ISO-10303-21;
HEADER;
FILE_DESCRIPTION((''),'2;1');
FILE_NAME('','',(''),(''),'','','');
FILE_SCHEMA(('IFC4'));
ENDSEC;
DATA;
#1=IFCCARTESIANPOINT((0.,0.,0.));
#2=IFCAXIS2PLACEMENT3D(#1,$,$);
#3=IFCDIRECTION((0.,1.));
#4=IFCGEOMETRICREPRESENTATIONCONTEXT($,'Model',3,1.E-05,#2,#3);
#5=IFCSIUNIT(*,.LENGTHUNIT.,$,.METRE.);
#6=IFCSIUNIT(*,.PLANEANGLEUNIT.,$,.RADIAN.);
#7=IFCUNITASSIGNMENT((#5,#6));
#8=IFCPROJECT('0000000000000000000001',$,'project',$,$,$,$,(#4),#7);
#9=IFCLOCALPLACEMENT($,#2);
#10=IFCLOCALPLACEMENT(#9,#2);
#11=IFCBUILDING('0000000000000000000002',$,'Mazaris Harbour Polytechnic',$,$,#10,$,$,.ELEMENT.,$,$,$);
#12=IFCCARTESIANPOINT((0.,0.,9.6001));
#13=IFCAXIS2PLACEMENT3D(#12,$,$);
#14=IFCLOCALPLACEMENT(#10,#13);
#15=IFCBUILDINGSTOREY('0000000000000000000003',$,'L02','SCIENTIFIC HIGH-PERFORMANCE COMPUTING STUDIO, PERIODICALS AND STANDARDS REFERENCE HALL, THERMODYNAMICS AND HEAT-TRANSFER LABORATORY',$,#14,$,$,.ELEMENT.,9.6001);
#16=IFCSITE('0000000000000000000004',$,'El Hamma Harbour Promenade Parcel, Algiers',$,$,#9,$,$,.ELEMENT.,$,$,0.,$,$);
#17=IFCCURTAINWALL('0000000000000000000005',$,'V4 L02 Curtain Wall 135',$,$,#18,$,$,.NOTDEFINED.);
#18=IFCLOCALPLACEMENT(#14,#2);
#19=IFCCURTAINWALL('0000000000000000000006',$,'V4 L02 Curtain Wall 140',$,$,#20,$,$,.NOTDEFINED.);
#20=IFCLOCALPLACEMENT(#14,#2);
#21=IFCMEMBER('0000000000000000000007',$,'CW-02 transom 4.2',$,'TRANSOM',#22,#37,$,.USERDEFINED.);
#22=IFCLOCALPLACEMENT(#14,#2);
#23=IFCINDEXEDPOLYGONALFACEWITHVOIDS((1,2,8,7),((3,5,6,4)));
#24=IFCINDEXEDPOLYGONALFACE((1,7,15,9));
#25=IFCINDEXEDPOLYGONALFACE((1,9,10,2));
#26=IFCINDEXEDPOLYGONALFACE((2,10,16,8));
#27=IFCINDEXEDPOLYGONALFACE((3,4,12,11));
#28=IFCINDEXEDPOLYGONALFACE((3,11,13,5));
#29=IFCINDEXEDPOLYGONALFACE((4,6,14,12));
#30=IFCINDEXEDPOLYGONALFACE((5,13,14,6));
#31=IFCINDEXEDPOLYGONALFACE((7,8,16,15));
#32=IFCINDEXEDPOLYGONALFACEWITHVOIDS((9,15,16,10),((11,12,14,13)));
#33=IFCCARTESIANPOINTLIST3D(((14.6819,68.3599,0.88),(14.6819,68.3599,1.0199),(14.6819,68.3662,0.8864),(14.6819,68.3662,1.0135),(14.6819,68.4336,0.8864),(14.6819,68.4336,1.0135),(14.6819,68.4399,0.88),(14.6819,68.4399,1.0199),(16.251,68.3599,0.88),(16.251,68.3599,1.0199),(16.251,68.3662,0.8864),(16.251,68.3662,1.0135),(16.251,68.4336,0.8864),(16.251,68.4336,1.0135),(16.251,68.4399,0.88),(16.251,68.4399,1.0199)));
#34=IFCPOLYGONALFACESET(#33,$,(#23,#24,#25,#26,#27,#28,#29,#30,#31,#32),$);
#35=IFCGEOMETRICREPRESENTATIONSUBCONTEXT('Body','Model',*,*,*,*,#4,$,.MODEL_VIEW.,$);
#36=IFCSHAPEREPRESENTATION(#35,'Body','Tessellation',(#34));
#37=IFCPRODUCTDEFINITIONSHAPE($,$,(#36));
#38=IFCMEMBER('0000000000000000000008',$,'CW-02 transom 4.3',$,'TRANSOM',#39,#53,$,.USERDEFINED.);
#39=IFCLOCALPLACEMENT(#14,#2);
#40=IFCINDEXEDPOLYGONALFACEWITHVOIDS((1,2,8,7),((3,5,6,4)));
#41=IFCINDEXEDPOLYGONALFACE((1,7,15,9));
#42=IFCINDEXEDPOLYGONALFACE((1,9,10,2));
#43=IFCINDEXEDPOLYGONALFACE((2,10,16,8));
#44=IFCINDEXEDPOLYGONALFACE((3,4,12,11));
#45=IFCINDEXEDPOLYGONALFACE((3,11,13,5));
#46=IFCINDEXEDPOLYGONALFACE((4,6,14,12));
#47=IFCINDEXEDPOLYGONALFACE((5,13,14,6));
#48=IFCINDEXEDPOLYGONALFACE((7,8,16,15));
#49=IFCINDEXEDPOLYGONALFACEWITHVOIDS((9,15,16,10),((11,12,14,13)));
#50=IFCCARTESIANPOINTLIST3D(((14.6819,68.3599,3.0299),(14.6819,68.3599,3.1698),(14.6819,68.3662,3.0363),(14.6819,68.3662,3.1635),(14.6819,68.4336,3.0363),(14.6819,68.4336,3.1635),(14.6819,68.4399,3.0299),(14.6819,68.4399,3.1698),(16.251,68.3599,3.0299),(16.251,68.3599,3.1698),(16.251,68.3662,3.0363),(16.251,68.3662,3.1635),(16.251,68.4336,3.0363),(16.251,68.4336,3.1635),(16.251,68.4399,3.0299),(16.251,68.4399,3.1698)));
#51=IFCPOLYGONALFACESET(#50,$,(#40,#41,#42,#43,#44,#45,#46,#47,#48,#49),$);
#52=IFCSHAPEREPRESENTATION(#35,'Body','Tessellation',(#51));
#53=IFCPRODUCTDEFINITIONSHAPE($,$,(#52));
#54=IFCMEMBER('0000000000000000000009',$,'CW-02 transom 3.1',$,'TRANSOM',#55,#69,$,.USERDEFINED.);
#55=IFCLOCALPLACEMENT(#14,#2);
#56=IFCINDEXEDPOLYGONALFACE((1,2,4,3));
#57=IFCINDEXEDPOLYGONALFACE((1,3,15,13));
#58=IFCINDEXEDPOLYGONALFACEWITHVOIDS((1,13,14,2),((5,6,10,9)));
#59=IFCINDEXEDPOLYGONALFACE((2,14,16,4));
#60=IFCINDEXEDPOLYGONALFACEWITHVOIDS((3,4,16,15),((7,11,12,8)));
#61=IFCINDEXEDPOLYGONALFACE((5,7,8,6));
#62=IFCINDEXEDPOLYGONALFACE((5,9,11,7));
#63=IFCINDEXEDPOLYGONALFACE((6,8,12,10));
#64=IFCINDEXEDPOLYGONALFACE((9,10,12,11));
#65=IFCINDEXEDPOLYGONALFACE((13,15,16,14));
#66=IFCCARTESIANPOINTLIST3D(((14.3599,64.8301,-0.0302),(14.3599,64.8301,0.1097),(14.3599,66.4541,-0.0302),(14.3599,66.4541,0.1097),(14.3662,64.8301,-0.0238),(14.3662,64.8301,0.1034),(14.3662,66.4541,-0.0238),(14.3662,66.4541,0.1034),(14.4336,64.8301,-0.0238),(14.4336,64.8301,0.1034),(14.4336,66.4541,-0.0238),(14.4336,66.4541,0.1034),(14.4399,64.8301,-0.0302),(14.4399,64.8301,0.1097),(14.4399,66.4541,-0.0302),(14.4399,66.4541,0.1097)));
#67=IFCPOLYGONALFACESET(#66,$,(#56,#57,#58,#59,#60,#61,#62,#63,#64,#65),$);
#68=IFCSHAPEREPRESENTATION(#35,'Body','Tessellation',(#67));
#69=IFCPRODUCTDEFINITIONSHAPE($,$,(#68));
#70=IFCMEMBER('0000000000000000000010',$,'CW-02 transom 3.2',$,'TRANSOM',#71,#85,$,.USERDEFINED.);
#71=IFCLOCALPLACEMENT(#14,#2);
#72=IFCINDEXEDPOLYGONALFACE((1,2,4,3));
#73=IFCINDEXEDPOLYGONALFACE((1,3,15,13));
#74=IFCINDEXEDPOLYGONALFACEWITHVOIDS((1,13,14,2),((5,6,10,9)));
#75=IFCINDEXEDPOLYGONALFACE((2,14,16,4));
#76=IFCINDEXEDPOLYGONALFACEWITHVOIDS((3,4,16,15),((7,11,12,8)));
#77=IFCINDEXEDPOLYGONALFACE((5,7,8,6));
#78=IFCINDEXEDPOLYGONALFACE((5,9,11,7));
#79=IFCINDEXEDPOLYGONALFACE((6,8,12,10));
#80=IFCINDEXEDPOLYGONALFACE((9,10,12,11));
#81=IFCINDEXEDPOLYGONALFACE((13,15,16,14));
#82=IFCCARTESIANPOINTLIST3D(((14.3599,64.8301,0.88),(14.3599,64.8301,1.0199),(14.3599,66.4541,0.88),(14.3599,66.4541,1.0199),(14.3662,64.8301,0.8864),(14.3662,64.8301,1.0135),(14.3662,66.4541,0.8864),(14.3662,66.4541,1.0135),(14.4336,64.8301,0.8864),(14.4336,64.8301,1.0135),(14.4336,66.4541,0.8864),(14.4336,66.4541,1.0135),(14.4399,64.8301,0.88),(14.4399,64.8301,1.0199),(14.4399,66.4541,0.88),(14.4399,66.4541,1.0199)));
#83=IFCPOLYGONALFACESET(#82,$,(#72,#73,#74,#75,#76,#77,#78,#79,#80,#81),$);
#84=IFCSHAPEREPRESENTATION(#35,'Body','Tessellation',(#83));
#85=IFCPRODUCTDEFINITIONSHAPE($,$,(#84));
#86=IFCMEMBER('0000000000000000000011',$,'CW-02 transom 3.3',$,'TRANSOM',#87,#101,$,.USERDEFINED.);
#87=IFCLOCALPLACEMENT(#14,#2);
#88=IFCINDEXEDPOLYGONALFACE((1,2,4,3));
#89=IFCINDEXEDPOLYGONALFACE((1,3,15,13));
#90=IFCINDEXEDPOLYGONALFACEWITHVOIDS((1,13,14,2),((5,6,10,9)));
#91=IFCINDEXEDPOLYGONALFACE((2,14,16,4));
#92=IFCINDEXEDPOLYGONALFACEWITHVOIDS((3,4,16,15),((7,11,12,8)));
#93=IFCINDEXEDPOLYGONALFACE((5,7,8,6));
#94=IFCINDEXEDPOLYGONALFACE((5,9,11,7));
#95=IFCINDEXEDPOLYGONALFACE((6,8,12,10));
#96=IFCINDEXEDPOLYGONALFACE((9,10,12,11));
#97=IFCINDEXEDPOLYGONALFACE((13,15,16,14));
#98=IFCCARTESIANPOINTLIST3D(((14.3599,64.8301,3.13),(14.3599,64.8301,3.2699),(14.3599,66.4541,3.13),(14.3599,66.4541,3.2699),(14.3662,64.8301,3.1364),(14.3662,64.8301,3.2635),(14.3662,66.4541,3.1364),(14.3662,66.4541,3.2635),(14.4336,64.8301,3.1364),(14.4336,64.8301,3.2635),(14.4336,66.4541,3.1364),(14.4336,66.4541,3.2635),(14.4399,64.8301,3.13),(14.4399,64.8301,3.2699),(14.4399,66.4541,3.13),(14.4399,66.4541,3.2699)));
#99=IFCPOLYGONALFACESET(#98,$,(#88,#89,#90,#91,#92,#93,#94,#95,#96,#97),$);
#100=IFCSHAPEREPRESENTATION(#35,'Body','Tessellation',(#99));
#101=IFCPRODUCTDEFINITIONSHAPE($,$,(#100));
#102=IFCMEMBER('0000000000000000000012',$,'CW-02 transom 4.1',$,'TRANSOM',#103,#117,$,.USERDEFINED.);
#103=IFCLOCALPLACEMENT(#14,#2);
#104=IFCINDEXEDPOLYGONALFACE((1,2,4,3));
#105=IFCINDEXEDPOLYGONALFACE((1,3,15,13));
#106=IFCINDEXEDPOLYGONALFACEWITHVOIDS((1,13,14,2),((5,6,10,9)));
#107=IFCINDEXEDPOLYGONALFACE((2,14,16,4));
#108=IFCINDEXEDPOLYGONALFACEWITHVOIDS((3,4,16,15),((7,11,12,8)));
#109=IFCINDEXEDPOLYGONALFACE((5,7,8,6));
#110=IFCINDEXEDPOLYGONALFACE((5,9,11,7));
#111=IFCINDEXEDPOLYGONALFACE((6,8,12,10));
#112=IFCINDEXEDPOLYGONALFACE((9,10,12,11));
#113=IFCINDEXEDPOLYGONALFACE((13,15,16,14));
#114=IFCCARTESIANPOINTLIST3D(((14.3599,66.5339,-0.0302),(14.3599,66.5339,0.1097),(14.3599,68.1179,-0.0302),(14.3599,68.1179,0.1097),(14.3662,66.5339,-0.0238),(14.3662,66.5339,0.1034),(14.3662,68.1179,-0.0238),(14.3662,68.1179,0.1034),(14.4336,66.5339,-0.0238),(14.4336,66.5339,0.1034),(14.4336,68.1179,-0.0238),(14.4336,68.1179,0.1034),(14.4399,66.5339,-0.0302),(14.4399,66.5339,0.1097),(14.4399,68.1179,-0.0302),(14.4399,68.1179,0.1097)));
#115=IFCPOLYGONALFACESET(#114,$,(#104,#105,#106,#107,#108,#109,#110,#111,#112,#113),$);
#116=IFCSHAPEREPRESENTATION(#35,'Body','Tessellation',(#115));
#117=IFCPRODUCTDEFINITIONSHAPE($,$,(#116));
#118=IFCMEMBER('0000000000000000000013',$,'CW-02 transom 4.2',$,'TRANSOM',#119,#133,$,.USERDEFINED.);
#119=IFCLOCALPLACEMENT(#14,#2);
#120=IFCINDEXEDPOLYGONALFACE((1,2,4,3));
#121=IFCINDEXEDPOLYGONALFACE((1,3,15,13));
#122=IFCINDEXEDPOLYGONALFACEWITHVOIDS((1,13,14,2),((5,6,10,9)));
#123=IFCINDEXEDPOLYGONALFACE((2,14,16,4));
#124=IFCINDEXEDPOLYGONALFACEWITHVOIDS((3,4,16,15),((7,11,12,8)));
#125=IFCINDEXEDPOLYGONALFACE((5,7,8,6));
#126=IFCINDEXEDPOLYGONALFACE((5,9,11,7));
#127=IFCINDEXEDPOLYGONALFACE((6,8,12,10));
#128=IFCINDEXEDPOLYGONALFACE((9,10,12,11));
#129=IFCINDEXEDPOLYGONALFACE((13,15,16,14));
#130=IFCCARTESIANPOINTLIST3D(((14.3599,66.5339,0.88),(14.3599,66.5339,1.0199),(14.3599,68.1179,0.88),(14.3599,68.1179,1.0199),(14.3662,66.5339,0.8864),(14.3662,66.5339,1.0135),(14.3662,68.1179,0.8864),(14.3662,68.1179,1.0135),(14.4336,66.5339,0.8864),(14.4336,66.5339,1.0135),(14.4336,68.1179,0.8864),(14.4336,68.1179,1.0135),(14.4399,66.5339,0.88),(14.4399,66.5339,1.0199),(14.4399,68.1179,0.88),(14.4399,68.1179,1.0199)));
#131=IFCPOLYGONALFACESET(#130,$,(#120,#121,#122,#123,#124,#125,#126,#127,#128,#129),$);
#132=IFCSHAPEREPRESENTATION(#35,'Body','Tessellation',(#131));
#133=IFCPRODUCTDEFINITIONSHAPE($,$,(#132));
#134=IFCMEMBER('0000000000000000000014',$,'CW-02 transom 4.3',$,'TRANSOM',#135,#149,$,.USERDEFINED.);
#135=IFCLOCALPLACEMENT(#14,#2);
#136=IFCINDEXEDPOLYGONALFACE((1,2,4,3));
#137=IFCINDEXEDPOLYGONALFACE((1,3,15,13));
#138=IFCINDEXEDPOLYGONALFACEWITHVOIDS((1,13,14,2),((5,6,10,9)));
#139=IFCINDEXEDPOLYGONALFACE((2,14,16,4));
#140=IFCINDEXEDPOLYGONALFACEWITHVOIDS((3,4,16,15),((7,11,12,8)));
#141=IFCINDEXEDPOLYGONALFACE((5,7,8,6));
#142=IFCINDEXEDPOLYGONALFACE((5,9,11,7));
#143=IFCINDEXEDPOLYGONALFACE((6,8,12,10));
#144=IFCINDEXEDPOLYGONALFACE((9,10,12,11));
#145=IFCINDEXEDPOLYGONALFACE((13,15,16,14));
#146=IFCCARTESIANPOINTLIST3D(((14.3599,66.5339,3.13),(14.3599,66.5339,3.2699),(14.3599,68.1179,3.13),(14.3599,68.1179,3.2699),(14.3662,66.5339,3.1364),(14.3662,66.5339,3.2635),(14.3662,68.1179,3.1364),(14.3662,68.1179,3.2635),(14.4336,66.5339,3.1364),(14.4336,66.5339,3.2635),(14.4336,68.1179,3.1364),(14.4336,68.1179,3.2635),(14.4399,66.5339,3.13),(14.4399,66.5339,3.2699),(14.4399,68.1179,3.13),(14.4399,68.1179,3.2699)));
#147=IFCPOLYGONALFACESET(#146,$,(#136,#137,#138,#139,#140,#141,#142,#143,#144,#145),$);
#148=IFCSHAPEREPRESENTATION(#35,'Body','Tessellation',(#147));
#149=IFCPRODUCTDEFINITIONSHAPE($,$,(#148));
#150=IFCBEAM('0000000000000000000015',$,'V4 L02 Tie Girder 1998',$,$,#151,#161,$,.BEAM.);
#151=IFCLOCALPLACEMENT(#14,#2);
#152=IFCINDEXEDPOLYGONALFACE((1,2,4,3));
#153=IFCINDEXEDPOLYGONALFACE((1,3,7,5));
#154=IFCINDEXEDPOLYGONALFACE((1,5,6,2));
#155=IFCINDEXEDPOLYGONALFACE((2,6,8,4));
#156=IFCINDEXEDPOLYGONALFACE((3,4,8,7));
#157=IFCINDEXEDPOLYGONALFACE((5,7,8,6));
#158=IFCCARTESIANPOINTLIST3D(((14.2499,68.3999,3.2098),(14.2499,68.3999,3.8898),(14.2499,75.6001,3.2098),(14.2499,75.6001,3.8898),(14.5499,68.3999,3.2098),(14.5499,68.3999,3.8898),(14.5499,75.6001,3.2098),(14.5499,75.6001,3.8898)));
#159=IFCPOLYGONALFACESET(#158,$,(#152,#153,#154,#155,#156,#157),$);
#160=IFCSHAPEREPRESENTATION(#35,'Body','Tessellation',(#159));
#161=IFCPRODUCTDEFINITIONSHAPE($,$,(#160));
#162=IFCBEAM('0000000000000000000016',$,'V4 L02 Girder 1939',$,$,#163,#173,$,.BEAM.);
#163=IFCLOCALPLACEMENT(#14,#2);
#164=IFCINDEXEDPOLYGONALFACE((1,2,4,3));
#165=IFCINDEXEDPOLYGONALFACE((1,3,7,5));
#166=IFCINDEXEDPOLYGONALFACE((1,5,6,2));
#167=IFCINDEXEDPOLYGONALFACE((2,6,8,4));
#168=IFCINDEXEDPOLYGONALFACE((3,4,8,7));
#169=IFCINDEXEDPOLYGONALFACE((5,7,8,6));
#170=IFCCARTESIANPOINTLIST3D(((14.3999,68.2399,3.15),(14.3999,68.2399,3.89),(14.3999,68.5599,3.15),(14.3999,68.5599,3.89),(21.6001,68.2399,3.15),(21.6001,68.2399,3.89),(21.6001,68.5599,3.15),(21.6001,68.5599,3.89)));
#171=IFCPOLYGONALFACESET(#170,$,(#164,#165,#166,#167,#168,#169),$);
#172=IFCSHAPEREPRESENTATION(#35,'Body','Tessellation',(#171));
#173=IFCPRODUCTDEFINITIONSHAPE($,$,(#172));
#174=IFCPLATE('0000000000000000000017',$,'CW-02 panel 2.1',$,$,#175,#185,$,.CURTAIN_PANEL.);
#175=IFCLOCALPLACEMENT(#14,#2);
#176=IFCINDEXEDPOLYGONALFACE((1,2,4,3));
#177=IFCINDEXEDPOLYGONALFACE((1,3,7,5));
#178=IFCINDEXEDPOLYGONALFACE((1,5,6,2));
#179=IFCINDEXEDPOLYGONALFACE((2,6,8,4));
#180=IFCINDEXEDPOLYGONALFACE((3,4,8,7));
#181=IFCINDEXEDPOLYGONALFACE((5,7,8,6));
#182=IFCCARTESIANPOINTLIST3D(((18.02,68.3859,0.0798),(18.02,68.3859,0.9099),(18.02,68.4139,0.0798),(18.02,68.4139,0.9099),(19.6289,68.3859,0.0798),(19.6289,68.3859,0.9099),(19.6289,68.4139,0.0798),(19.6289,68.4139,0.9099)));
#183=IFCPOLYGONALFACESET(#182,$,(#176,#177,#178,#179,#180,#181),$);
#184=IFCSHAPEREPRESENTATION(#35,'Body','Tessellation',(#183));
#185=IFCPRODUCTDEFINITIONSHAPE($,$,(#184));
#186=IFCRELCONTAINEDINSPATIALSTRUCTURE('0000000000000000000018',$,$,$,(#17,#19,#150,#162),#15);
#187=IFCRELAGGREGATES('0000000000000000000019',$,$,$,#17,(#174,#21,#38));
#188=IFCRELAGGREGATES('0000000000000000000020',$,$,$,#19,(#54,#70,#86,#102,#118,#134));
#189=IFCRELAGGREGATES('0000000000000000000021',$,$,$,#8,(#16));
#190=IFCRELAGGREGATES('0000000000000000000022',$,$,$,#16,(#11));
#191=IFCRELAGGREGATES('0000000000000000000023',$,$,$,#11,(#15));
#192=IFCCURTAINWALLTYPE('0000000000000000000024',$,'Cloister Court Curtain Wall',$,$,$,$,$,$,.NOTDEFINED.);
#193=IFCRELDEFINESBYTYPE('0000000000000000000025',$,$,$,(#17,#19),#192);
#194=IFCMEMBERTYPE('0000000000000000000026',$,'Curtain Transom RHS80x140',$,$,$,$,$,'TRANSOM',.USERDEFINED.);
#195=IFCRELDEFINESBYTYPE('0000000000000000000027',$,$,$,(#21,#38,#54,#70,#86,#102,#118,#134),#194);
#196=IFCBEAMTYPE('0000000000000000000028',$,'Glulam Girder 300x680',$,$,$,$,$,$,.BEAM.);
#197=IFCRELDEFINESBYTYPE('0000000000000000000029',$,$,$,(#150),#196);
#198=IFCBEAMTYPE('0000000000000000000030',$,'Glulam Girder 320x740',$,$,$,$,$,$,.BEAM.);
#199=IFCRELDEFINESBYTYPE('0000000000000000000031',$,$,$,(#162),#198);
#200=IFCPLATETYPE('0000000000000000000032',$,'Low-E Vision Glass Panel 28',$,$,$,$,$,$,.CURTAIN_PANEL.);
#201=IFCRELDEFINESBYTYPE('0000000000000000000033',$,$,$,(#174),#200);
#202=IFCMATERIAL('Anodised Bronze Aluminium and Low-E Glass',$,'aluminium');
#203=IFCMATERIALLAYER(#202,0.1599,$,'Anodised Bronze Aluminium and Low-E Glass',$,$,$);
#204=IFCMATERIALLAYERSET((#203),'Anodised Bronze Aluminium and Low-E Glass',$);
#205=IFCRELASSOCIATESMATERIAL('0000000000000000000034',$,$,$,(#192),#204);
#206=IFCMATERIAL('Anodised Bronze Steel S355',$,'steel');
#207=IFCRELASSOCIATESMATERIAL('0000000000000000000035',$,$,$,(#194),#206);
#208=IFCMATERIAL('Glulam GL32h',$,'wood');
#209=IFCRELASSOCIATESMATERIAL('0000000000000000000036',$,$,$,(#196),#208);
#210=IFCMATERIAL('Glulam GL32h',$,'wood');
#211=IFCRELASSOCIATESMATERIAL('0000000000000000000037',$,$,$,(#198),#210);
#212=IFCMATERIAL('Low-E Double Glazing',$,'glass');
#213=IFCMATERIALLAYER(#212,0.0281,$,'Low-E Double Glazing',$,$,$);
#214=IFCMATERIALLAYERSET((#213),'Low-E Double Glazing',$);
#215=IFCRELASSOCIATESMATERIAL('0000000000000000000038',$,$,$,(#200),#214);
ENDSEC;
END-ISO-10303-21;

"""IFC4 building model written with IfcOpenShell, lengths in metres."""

from ifc_helpers import new_model, si_unit, direction, frame, origin, origin_2d, place, context, subcontext, project, spatial, rectangle, hollow_rectangle, extrude, material, layer, layer_set, material_profile, profile_set, type_object, element, aggregate, save


model = new_model("IFC4")

# Units and contexts
model_context = context("Model", 3, precision=1e-05, world=origin(), true_north=direction((0.0, 1.0)))
body_context = subcontext(model_context, "Body", "Model", "MODEL_VIEW")
ifc_project = project(units=[si_unit("LENGTHUNIT", "METRE"), si_unit("PLANEANGLEUNIT", "RADIAN")], contexts=[model_context])

# Site, building, storey
site_placement = place(None, origin())
site = spatial("IfcSite", under=ifc_project, at=site_placement, Name="El Hamma Harbour Promenade Parcel, Algiers", CompositionType="ELEMENT", RefElevation=0.0)
building_placement = place(site_placement, origin())
building = spatial("IfcBuilding", under=site, at=building_placement, Name="Mazaris Harbour Polytechnic", CompositionType="ELEMENT")
storey_placement = place(building_placement, frame((0.0, 0.0, 9.6001)))
storey = spatial("IfcBuildingStorey", under=building, at=storey_placement, Name="L02", Description="SCIENTIFIC HIGH-PERFORMANCE COMPUTING STUDIO, PERIODICALS AND STANDARDS REFERENCE HALL, THERMODYNAMICS AND HEAT-TRANSFER LABORATORY", CompositionType="ELEMENT", Elevation=9.6001)

# Curtain walls
ifc_material_1 = material(Name="Anodised Bronze Aluminium and Low-E Glass", Category="aluminium")
ifc_layer_1 = layer(ifc_material_1, 0.1599, Name="Anodised Bronze Aluminium and Low-E Glass")
ifc_layer_set_1 = layer_set([ifc_layer_1], Name="Anodised Bronze Aluminium and Low-E Glass")
curtain_wall_type = type_object("IfcCurtainWallType", Name="Cloister Court Curtain Wall", PredefinedType="NOTDEFINED", material=ifc_layer_set_1)
curtain_wall_1_placement = place(storey_placement, origin())
curtain_wall_1 = element("IfcCurtainWall", 1, at=curtain_wall_1_placement, inside=storey, type_object=curtain_wall_type, Name="V4 L02 Curtain Wall 135", PredefinedType="NOTDEFINED")
curtain_wall_2_placement = place(storey_placement, origin())
curtain_wall_2 = element("IfcCurtainWall", 2, at=curtain_wall_2_placement, inside=storey, type_object=curtain_wall_type, Name="V4 L02 Curtain Wall 140", PredefinedType="NOTDEFINED")

# Members
ifc_material_2 = material(Name="Anodised Bronze Steel S355", Category="steel")
ifc_material_profile_1 = material_profile(ifc_material_2, hollow_rectangle(XDim=0.0801, YDim=0.1399, WallThickness=0.0063, at=origin_2d()), Name="RHS 80x140x6.3")
ifc_profile_set_1 = profile_set([ifc_material_profile_1], Name="Anodised Bronze Steel S355")
member_type_1 = type_object("IfcMemberType", Name="Curtain Transom RHS80x140", ElementType="TRANSOM", PredefinedType="USERDEFINED", material=ifc_profile_set_1)
member_1_placement = place(storey_placement, frame((16.251, 68.3999, 0.95), z_axis=(-1.0, 0.0, 0.0), x_axis=(0.0, -1.0, 0.0)))
member_1 = element("IfcMember", 3, at=member_1_placement, type_object=member_type_1, Name="CW-02 transom 4.2", ObjectType="TRANSOM", PredefinedType="USERDEFINED", context=body_context, shape_type="SweptSolid", body=[
    extrude(hollow_rectangle(XDim=0.0801, YDim=0.1399, WallThickness=0.0063, at=origin_2d()), origin(), (0.0, 0.0, 1.0), 1.5691),
])
member_2_placement = place(storey_placement, frame((16.251, 68.3999, 3.0999), z_axis=(-1.0, 0.0, 0.0), x_axis=(0.0, -1.0, 0.0)))
member_2 = element("IfcMember", 4, at=member_2_placement, type_object=member_type_1, Name="CW-02 transom 4.3", ObjectType="TRANSOM", PredefinedType="USERDEFINED", context=body_context, shape_type="SweptSolid", body=[
    extrude(hollow_rectangle(XDim=0.0801, YDim=0.1399, WallThickness=0.0063, at=origin_2d()), origin(), (0.0, 0.0, 1.0), 1.5691),
])
member_3_placement = place(storey_placement, frame((14.3999, 64.8301, 0.0398), z_axis=(0.0, 1.0, 0.0), x_axis=(-1.0, 0.0, 0.0)))
member_3 = element("IfcMember", 5, at=member_3_placement, type_object=member_type_1, Name="CW-02 transom 3.1", ObjectType="TRANSOM", PredefinedType="USERDEFINED", context=body_context, shape_type="SweptSolid", body=[
    extrude(hollow_rectangle(XDim=0.0801, YDim=0.1399, WallThickness=0.0063, at=origin_2d()), origin(), (0.0, 0.0, 1.0), 1.624),
])
member_4_placement = place(storey_placement, frame((14.3999, 64.8301, 0.95), z_axis=(0.0, 1.0, 0.0), x_axis=(-1.0, 0.0, 0.0)))
member_4 = element("IfcMember", 6, at=member_4_placement, type_object=member_type_1, Name="CW-02 transom 3.2", ObjectType="TRANSOM", PredefinedType="USERDEFINED", context=body_context, shape_type="SweptSolid", body=[
    extrude(hollow_rectangle(XDim=0.0801, YDim=0.1399, WallThickness=0.0063, at=origin_2d()), origin(), (0.0, 0.0, 1.0), 1.624),
])
member_5_placement = place(storey_placement, frame((14.3999, 64.8301, 3.2), z_axis=(0.0, 1.0, 0.0), x_axis=(-1.0, 0.0, 0.0)))
member_5 = element("IfcMember", 7, at=member_5_placement, type_object=member_type_1, Name="CW-02 transom 3.3", ObjectType="TRANSOM", PredefinedType="USERDEFINED", context=body_context, shape_type="SweptSolid", body=[
    extrude(hollow_rectangle(XDim=0.0801, YDim=0.1399, WallThickness=0.0063, at=origin_2d()), origin(), (0.0, 0.0, 1.0), 1.624),
])
member_6_placement = place(storey_placement, frame((14.3999, 66.5339, 0.0398), z_axis=(0.0, 1.0, 0.0), x_axis=(-1.0, 0.0, 0.0)))
member_6 = element("IfcMember", 8, at=member_6_placement, type_object=member_type_1, Name="CW-02 transom 4.1", ObjectType="TRANSOM", PredefinedType="USERDEFINED", context=body_context, shape_type="SweptSolid", body=[
    extrude(hollow_rectangle(XDim=0.0801, YDim=0.1399, WallThickness=0.0063, at=origin_2d()), origin(), (0.0, 0.0, 1.0), 1.584),
])
member_7_placement = place(storey_placement, frame((14.3999, 66.5339, 0.95), z_axis=(0.0, 1.0, 0.0), x_axis=(-1.0, 0.0, 0.0)))
member_7 = element("IfcMember", 9, at=member_7_placement, type_object=member_type_1, Name="CW-02 transom 4.2", ObjectType="TRANSOM", PredefinedType="USERDEFINED", context=body_context, shape_type="SweptSolid", body=[
    extrude(hollow_rectangle(XDim=0.0801, YDim=0.1399, WallThickness=0.0063, at=origin_2d()), origin(), (0.0, 0.0, 1.0), 1.584),
])
member_8_placement = place(storey_placement, frame((14.3999, 66.5339, 3.2), z_axis=(0.0, 1.0, 0.0), x_axis=(-1.0, 0.0, 0.0)))
member_8 = element("IfcMember", 10, at=member_8_placement, type_object=member_type_1, Name="CW-02 transom 4.3", ObjectType="TRANSOM", PredefinedType="USERDEFINED", context=body_context, shape_type="SweptSolid", body=[
    extrude(hollow_rectangle(XDim=0.0801, YDim=0.1399, WallThickness=0.0063, at=origin_2d()), origin(), (0.0, 0.0, 1.0), 1.584),
])

# Beams
ifc_material_3 = material(Name="Glulam GL32h", Category="wood")
ifc_material_profile_2 = material_profile(ifc_material_3, rectangle(XDim=0.3, YDim=0.6799, at=origin_2d()), Name="RECT300x680")
ifc_profile_set_2 = profile_set([ifc_material_profile_2], Name="Glulam GL32h")
beam_type_1 = type_object("IfcBeamType", Name="Glulam Girder 300x680", PredefinedType="BEAM", material=ifc_profile_set_2)
beam_1_placement = place(storey_placement, frame((14.3999, 68.3999, 3.5498), z_axis=(0.0, 1.0, 0.0), x_axis=(-1.0, 0.0, 0.0)))
element("IfcBeam", 11, at=beam_1_placement, inside=storey, type_object=beam_type_1, Name="V4 L02 Tie Girder 1998", PredefinedType="BEAM", context=body_context, shape_type="SweptSolid", body=[
    extrude(rectangle(XDim=0.3, YDim=0.6799, at=origin_2d()), origin(), (0.0, 0.0, 1.0), 7.2002),
])
ifc_material_4 = material(Name="Glulam GL32h", Category="wood")
ifc_material_profile_3 = material_profile(ifc_material_4, rectangle(XDim=0.3201, YDim=0.74, at=origin_2d()), Name="RECT320x740")
ifc_profile_set_3 = profile_set([ifc_material_profile_3], Name="Glulam GL32h")
beam_type_2 = type_object("IfcBeamType", Name="Glulam Girder 320x740", PredefinedType="BEAM", material=ifc_profile_set_3)
beam_2_placement = place(storey_placement, frame((14.3999, 68.3999, 3.52), z_axis=(1.0, 0.0, 0.0), x_axis=(0.0, 1.0, 0.0)))
element("IfcBeam", 12, at=beam_2_placement, inside=storey, type_object=beam_type_2, Name="V4 L02 Girder 1939", PredefinedType="BEAM", context=body_context, shape_type="SweptSolid", body=[
    extrude(rectangle(XDim=0.3201, YDim=0.74, at=origin_2d()), origin(), (0.0, 0.0, 1.0), 7.2002),
])

# Plate
ifc_material_5 = material(Name="Low-E Double Glazing", Category="glass")
ifc_layer_2 = layer(ifc_material_5, 0.0281, Name="Low-E Double Glazing")
ifc_layer_set_2 = layer_set([ifc_layer_2], Name="Low-E Double Glazing")
plate_type = type_object("IfcPlateType", Name="Low-E Vision Glass Panel 28", PredefinedType="CURTAIN_PANEL", material=ifc_layer_set_2)
plate_1_placement = place(storey_placement, frame((18.8245, 68.3999, 0.0798), z_axis=(0.0, 0.0, 1.0), x_axis=(-1.0, 0.0, 0.0)))
plate_1 = element("IfcPlate", 13, at=plate_1_placement, type_object=plate_type, Name="CW-02 panel 2.1", PredefinedType="CURTAIN_PANEL", context=body_context, shape_type="SweptSolid", body=[
    extrude(rectangle(XDim=1.6089, YDim=0.0281, at=origin_2d()), origin(), (0.0, 0.0, 1.0), 0.8301),
])
aggregate(curtain_wall_1, [plate_1, member_1, member_2])
aggregate(curtain_wall_2, [member_3, member_4, member_5, member_6, member_7, member_8])

save(model, "model.ifc")
